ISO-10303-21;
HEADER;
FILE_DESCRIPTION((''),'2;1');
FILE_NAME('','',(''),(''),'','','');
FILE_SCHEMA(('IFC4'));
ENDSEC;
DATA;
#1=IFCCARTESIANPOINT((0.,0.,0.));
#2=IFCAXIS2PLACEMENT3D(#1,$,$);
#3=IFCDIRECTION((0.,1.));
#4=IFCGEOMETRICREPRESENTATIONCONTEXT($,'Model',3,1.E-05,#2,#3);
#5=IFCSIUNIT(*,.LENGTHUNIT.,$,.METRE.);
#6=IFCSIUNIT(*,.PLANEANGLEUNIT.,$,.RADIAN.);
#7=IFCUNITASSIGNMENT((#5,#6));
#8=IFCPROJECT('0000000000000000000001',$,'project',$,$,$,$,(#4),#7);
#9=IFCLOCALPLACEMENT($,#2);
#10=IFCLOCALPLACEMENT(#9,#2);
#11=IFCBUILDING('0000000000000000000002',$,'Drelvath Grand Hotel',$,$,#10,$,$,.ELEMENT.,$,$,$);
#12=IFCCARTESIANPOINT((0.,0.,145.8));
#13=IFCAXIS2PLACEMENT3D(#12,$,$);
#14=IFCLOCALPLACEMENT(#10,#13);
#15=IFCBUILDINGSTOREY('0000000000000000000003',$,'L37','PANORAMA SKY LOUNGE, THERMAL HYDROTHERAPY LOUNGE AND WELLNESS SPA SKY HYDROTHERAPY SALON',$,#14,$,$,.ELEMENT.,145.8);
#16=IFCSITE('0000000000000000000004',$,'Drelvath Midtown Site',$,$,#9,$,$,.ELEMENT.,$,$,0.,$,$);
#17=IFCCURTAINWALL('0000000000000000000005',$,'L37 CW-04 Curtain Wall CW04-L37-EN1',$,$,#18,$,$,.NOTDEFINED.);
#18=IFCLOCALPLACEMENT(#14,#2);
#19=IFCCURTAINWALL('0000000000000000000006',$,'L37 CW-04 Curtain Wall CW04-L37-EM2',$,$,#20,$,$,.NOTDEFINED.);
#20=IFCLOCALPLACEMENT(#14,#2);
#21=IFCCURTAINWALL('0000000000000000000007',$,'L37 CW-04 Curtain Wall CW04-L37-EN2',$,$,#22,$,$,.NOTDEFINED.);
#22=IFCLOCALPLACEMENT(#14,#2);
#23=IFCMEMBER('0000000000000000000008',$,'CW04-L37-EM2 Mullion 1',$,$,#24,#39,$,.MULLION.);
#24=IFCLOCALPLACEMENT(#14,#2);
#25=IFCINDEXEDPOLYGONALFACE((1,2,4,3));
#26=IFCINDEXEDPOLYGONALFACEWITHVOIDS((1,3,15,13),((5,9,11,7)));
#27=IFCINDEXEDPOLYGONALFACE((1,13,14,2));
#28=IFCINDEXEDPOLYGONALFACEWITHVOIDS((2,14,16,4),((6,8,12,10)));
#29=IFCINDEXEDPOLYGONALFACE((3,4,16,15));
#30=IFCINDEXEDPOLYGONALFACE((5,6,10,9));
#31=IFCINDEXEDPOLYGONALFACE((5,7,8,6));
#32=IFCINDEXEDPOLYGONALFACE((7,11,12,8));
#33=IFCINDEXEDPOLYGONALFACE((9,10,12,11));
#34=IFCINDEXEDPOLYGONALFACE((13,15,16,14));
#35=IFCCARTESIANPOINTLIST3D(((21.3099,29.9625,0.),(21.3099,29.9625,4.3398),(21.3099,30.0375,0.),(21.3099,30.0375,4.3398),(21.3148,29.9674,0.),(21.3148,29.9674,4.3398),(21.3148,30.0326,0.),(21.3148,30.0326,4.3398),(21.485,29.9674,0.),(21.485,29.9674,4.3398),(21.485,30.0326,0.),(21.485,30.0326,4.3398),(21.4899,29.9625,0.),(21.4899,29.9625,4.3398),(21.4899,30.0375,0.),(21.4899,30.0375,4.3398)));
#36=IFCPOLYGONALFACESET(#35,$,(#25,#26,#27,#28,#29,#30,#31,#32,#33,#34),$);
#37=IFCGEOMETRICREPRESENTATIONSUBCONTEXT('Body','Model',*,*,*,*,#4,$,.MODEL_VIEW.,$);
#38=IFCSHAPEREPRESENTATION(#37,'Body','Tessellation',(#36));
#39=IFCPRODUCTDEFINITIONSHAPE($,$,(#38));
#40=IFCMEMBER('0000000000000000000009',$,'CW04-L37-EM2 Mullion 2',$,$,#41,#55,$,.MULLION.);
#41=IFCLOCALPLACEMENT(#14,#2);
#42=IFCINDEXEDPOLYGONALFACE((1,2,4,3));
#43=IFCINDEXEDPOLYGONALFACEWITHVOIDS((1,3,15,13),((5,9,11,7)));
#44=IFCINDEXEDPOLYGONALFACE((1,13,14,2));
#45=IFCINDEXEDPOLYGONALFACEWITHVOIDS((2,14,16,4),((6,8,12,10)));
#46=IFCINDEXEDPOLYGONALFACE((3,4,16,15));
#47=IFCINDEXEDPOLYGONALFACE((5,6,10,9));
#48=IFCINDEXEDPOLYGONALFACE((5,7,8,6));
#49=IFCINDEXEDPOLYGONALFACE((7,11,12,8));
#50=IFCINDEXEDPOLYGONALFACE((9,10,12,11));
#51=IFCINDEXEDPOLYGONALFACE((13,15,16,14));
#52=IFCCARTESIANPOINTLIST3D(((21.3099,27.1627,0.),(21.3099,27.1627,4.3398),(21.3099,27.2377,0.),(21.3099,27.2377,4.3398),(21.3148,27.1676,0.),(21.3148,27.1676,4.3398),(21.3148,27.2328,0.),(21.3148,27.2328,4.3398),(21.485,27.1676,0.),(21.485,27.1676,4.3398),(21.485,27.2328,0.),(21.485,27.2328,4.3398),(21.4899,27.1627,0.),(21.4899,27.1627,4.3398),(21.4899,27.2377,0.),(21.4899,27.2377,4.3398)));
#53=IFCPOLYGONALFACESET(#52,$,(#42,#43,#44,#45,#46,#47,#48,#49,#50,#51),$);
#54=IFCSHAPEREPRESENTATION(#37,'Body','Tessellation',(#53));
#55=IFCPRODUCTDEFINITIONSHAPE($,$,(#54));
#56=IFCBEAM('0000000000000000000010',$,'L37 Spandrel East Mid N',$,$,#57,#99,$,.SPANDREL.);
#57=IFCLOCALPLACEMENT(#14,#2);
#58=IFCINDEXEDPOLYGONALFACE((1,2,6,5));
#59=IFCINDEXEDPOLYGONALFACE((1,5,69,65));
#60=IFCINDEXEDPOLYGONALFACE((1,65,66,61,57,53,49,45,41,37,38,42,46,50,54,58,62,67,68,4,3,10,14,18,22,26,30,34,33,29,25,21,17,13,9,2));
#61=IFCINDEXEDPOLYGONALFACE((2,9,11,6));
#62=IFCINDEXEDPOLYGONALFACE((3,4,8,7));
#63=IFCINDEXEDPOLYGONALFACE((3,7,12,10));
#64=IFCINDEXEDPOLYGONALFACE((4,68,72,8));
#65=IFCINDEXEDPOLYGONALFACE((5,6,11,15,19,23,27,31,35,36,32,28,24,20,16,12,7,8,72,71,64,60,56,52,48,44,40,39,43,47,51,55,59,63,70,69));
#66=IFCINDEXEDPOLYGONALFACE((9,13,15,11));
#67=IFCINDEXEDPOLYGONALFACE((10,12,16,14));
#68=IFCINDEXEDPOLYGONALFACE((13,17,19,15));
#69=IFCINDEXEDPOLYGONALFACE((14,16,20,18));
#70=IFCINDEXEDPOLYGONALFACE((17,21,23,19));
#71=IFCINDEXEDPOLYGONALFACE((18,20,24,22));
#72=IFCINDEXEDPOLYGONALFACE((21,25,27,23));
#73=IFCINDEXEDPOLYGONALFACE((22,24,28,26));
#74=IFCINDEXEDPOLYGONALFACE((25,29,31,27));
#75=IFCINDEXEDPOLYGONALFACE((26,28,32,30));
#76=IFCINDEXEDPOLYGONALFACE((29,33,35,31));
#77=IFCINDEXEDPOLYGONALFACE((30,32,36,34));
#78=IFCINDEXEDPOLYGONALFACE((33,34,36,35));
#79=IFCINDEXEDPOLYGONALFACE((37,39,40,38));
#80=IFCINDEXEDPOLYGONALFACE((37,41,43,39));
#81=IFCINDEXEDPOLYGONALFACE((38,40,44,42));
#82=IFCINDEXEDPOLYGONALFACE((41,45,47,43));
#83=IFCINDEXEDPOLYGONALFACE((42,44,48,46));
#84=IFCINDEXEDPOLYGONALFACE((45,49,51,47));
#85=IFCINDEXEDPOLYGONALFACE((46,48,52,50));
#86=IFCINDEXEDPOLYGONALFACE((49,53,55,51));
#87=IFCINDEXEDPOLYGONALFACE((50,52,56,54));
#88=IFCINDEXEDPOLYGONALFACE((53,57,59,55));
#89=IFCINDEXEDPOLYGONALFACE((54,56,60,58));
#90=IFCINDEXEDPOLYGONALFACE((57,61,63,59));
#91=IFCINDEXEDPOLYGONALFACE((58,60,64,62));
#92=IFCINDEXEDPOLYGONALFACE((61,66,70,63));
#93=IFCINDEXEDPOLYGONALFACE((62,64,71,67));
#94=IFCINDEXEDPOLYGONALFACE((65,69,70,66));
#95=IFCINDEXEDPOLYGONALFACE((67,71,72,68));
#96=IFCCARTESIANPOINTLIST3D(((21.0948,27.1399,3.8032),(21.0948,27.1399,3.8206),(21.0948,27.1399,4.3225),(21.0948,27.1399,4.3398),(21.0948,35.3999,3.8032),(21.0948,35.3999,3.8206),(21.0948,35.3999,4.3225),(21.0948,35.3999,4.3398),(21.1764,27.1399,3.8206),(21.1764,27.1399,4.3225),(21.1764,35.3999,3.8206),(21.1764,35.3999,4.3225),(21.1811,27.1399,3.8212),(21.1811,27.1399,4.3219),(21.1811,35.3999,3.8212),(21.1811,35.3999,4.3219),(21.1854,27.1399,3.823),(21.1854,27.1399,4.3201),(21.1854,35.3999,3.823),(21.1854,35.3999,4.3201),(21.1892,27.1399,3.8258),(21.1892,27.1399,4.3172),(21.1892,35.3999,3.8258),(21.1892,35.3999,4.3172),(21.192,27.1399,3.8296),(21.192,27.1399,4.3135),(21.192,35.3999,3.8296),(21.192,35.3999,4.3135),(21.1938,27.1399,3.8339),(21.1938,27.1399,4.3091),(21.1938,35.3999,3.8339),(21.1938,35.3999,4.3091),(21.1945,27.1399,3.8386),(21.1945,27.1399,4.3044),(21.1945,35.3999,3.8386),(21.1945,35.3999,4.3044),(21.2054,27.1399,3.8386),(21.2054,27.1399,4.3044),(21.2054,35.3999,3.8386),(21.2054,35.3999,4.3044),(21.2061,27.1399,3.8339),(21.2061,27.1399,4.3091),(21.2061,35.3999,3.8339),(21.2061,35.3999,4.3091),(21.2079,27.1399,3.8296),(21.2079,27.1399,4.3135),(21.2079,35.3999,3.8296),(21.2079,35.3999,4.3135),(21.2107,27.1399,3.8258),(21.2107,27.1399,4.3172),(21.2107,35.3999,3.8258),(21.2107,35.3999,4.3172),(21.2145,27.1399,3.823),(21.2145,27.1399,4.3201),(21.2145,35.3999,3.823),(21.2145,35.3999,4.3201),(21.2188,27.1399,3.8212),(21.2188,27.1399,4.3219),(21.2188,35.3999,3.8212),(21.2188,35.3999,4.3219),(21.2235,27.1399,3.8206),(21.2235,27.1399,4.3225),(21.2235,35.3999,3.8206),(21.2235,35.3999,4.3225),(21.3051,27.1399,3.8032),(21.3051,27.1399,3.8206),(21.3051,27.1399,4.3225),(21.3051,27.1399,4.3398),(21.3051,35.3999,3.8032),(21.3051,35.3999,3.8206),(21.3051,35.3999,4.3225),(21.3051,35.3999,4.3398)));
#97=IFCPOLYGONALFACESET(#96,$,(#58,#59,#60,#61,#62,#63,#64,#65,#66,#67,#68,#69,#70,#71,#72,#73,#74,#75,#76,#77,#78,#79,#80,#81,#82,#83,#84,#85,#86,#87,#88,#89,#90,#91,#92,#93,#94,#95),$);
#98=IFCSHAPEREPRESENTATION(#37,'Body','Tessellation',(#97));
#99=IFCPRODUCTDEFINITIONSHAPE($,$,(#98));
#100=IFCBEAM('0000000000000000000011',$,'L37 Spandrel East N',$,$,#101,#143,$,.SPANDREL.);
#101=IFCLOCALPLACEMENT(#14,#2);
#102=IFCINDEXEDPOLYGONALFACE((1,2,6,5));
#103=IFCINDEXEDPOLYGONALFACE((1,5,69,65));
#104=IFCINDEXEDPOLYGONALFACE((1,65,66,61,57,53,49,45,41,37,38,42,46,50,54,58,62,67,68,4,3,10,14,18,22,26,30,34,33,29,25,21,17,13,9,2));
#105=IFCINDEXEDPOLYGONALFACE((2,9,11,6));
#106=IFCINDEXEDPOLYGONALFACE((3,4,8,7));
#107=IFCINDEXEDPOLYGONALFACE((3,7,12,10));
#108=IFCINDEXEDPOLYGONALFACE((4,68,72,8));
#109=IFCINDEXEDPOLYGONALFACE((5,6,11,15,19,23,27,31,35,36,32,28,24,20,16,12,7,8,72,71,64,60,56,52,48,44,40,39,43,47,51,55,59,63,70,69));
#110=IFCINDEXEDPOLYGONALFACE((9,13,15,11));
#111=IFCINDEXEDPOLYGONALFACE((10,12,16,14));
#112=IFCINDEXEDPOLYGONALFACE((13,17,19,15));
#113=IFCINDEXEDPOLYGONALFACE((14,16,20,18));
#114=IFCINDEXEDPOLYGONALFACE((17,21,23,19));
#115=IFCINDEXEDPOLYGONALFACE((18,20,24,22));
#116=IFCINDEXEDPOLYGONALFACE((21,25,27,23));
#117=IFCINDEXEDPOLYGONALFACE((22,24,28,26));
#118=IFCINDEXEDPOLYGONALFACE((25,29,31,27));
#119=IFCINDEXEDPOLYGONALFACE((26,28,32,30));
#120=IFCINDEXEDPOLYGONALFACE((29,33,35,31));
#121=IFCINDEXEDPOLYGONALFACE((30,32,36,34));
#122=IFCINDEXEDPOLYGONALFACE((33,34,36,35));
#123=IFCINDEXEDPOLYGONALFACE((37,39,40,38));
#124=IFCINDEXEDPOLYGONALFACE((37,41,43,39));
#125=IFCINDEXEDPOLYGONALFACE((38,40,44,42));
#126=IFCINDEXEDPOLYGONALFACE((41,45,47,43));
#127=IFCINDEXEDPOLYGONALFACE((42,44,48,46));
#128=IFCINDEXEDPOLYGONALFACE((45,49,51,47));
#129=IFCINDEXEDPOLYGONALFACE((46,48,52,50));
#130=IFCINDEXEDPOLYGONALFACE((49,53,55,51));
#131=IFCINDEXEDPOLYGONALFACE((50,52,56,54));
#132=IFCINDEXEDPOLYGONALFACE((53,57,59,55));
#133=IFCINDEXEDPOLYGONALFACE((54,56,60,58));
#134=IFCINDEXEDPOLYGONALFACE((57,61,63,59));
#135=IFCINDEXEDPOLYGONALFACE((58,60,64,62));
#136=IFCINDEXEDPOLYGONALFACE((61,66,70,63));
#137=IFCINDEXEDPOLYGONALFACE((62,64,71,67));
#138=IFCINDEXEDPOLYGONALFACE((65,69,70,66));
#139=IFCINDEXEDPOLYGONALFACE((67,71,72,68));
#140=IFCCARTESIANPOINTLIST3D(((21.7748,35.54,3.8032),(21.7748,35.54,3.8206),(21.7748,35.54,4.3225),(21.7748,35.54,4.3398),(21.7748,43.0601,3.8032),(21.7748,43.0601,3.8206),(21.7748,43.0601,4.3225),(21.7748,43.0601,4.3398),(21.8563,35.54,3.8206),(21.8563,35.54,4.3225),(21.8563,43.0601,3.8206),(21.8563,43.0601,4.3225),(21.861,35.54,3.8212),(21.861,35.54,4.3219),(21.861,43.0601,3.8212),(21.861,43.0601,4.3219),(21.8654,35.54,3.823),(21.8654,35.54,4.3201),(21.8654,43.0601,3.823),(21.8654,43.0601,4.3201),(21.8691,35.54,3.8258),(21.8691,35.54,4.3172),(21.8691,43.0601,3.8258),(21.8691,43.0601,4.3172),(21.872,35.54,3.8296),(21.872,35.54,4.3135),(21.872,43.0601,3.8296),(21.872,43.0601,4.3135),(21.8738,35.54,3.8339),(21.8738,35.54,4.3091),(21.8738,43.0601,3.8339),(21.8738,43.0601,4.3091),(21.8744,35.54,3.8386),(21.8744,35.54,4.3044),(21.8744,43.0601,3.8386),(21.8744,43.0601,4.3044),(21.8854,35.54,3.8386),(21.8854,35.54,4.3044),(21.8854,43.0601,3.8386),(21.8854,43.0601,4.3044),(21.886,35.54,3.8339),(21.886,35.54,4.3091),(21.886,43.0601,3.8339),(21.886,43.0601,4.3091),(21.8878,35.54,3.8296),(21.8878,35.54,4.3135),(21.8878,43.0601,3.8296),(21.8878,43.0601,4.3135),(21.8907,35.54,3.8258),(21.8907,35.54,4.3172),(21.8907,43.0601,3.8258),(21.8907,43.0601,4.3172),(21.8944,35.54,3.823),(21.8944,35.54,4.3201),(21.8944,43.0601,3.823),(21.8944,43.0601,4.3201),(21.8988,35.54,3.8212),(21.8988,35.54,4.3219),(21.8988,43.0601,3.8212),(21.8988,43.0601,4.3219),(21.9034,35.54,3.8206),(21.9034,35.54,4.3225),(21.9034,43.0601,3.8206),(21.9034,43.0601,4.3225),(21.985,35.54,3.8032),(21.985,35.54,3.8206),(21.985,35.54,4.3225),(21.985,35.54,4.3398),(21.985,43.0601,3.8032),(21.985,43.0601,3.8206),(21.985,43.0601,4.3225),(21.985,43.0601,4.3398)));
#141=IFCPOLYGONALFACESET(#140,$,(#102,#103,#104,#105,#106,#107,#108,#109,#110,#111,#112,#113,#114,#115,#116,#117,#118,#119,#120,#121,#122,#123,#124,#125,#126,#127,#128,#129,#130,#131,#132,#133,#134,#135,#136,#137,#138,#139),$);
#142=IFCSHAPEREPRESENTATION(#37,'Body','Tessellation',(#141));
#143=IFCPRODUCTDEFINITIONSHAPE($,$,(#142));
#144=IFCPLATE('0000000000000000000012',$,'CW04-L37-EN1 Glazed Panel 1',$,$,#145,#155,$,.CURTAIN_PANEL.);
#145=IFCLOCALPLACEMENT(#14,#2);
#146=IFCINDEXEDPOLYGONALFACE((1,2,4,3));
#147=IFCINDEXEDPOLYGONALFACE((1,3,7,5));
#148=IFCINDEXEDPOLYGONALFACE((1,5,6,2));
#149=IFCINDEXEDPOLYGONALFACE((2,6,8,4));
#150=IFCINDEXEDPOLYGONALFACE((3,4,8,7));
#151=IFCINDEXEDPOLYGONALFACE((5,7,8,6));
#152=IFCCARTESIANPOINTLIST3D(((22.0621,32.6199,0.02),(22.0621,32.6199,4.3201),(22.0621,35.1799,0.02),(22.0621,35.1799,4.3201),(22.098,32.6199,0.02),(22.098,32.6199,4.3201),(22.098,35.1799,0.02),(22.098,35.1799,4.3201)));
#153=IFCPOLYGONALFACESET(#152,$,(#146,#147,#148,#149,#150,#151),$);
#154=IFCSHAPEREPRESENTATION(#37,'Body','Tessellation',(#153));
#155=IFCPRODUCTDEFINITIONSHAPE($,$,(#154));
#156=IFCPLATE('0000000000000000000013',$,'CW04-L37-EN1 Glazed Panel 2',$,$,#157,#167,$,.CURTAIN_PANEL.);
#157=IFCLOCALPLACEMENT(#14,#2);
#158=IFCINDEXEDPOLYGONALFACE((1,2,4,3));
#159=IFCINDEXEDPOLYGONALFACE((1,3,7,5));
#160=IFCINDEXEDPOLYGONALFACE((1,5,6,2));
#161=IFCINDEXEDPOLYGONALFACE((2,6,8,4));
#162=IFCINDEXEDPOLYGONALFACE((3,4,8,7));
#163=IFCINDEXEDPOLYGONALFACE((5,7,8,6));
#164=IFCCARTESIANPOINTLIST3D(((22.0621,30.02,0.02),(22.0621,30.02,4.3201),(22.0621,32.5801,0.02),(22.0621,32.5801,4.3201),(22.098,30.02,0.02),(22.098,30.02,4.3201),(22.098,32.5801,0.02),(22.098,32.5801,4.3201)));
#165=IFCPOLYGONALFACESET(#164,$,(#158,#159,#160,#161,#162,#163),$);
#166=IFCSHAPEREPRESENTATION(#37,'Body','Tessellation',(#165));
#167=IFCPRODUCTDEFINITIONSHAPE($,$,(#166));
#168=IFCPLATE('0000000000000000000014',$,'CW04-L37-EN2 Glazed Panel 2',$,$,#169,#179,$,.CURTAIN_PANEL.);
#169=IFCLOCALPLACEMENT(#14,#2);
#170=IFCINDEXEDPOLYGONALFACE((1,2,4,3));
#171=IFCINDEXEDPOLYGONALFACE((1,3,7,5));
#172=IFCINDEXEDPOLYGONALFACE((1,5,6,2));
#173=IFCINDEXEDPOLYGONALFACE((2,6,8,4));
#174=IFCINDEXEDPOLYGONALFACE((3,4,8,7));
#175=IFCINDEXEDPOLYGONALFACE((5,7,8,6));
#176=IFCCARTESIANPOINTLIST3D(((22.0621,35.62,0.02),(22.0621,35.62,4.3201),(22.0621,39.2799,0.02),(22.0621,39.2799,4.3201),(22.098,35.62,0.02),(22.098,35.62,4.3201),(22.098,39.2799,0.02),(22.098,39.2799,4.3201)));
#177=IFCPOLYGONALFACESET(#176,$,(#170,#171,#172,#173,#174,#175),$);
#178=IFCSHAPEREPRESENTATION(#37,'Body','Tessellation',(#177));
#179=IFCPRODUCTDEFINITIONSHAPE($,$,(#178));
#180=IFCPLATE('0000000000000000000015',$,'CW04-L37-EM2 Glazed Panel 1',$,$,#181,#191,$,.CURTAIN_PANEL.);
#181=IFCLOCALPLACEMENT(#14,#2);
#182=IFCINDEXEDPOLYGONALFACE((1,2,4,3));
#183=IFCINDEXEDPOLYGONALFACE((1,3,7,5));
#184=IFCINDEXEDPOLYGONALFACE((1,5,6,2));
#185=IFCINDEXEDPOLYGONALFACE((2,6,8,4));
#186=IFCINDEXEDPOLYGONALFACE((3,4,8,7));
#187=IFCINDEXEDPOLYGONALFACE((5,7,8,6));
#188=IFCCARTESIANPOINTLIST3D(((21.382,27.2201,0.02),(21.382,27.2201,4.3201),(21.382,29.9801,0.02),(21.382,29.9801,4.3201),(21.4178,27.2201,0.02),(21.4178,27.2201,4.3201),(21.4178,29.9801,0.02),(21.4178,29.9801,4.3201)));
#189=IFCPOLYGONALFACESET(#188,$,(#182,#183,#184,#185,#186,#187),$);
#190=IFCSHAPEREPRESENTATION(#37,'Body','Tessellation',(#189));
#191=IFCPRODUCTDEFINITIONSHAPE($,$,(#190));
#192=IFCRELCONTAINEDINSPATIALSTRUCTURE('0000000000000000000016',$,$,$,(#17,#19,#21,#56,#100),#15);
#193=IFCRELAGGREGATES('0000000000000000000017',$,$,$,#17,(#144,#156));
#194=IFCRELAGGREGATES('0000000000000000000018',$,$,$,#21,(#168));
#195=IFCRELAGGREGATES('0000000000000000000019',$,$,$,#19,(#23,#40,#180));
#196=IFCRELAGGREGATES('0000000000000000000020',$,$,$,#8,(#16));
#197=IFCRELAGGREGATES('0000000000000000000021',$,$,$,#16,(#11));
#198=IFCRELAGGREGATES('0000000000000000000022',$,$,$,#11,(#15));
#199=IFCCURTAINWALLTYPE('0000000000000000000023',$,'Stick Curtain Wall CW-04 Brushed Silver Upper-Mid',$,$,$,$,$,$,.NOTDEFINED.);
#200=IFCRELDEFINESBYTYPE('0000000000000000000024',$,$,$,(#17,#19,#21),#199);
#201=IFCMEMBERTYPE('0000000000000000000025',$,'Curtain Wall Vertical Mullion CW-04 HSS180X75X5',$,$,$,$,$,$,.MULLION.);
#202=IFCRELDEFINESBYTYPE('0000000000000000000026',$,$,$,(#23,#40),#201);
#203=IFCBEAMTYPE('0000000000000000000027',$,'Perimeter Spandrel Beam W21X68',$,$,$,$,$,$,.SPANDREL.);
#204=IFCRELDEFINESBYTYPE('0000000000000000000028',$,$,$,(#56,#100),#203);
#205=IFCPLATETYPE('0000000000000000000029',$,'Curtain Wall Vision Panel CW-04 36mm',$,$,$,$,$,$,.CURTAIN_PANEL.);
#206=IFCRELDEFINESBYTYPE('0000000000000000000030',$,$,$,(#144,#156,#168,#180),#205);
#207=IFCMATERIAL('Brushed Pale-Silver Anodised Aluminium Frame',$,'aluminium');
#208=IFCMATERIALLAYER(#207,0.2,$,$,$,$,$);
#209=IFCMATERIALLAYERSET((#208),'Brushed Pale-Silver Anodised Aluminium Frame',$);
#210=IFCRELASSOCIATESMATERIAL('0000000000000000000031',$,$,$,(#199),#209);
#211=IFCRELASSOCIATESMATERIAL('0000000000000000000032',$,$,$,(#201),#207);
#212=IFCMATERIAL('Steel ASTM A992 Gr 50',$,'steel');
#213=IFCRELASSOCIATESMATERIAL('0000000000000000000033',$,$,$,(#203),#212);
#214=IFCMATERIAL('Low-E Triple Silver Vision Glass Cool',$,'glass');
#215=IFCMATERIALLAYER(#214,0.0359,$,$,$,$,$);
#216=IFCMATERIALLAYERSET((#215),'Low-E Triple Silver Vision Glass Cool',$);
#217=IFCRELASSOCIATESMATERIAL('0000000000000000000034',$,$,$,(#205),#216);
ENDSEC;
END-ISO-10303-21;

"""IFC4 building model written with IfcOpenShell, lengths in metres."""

from ifc_helpers import new_model, si_unit, direction, frame, origin, origin_2d, place, context, subcontext, project, spatial, rectangle, hollow_rectangle, i_section, extrude, material, layer, layer_set, material_profile, profile_set, type_object, element, aggregate, save


model = new_model("IFC4")

# Units and contexts
model_context = context("Model", 3, precision=1e-05, world=origin(), true_north=direction((0.0, 1.0)))
body_context = subcontext(model_context, "Body", "Model", "MODEL_VIEW")
ifc_project = project(units=[si_unit("LENGTHUNIT", "METRE"), si_unit("PLANEANGLEUNIT", "RADIAN")], contexts=[model_context])

# Site, building, storey
site_placement = place(None, origin())
site = spatial("IfcSite", under=ifc_project, at=site_placement, Name="Drelvath Midtown Site", CompositionType="ELEMENT", RefElevation=0.0)
building_placement = place(site_placement, origin())
building = spatial("IfcBuilding", under=site, at=building_placement, Name="Drelvath Grand Hotel", CompositionType="ELEMENT")
storey_placement = place(building_placement, frame((0.0, 0.0, 145.8)))
storey = spatial("IfcBuildingStorey", under=building, at=storey_placement, Name="L37", Description="PANORAMA SKY LOUNGE, THERMAL HYDROTHERAPY LOUNGE AND WELLNESS SPA SKY HYDROTHERAPY SALON", CompositionType="ELEMENT", Elevation=145.8)

# Curtain walls
ifc_material_1 = material(Name="Brushed Pale-Silver Anodised Aluminium Frame", Category="aluminium")
ifc_layer_1 = layer(ifc_material_1, 0.2)
ifc_layer_set_1 = layer_set([ifc_layer_1], Name="Brushed Pale-Silver Anodised Aluminium Frame")
curtain_wall_type = type_object("IfcCurtainWallType", Name="Stick Curtain Wall CW-04 Brushed Silver Upper-Mid", PredefinedType="NOTDEFINED", material=ifc_layer_set_1)
curtain_wall_1_placement = place(storey_placement, origin())
curtain_wall_1 = element("IfcCurtainWall", 1, at=curtain_wall_1_placement, inside=storey, type_object=curtain_wall_type, Name="L37 CW-04 Curtain Wall CW04-L37-EN1", PredefinedType="NOTDEFINED")
curtain_wall_2_placement = place(storey_placement, origin())
curtain_wall_2 = element("IfcCurtainWall", 2, at=curtain_wall_2_placement, inside=storey, type_object=curtain_wall_type, Name="L37 CW-04 Curtain Wall CW04-L37-EM2", PredefinedType="NOTDEFINED")

# Shared definitions
ifc_material_profile_1 = material_profile(ifc_material_1, hollow_rectangle(XDim=0.075, YDim=0.1799, WallThickness=0.0049, at=origin_2d()), Name="HSS180X75X5")
ifc_profile_set_1 = profile_set([ifc_material_profile_1], Name="Brushed Pale-Silver Anodised Aluminium Frame")
member_type_1 = type_object("IfcMemberType", Name="Curtain Wall Vertical Mullion CW-04 HSS180X75X5", PredefinedType="MULLION", material=ifc_profile_set_1)

# Curtain wall
curtain_wall_3_placement = place(storey_placement, origin())
curtain_wall_3 = element("IfcCurtainWall", 3, at=curtain_wall_3_placement, inside=storey, type_object=curtain_wall_type, Name="L37 CW-04 Curtain Wall CW04-L37-EN2", PredefinedType="NOTDEFINED")

# Members
member_1_placement = place(storey_placement, frame((21.3999, 30.0, 0.0), z_axis=(0.0, 0.0, 1.0), x_axis=(0.0, 1.0, 0.0)))
member_1 = element("IfcMember", 4, at=member_1_placement, type_object=member_type_1, Name="CW04-L37-EM2 Mullion 1", PredefinedType="MULLION", context=body_context, shape_type="SweptSolid", body=[
    extrude(hollow_rectangle(XDim=0.075, YDim=0.1799, WallThickness=0.0049, at=origin_2d()), origin(), (0.0, 0.0, 1.0), 4.3398),
])
member_2_placement = place(storey_placement, frame((21.3999, 27.2002, 0.0), z_axis=(0.0, 0.0, 1.0), x_axis=(0.0, 1.0, 0.0)))
member_2 = element("IfcMember", 5, at=member_2_placement, type_object=member_type_1, Name="CW04-L37-EM2 Mullion 2", PredefinedType="MULLION", context=body_context, shape_type="SweptSolid", body=[
    extrude(hollow_rectangle(XDim=0.075, YDim=0.1799, WallThickness=0.0049, at=origin_2d()), origin(), (0.0, 0.0, 1.0), 4.3398),
])

# Beams
ifc_material_2 = material(Name="Steel ASTM A992 Gr 50", Category="steel")
ifc_material_profile_2 = material_profile(ifc_material_2, i_section(OverallWidth=0.2102, OverallDepth=0.5366, WebThickness=0.011, FlangeThickness=0.0173, FilletRadius=0.0181, at=origin_2d()), Name="W21X68")
ifc_profile_set_2 = profile_set([ifc_material_profile_2], Name="Steel ASTM A992 Gr 50")
beam_type = type_object("IfcBeamType", Name="Perimeter Spandrel Beam W21X68", PredefinedType="SPANDREL", material=ifc_profile_set_2)
beam_1_placement = place(storey_placement, frame((21.2, 27.1399, 4.0715), z_axis=(0.0, 1.0, 0.0), x_axis=(-1.0, 0.0, 0.0)))
element("IfcBeam", 6, at=beam_1_placement, inside=storey, type_object=beam_type, Name="L37 Spandrel East Mid N", PredefinedType="SPANDREL", context=body_context, shape_type="SweptSolid", body=[
    extrude(i_section(OverallWidth=0.2102, OverallDepth=0.5366, WebThickness=0.011, FlangeThickness=0.0173, FilletRadius=0.0181, at=origin_2d()), origin(), (0.0, 0.0, 1.0), 8.26),
])
beam_2_placement = place(storey_placement, frame((21.8799, 35.54, 4.0715), z_axis=(0.0, 1.0, 0.0), x_axis=(-1.0, 0.0, 0.0)))
element("IfcBeam", 7, at=beam_2_placement, inside=storey, type_object=beam_type, Name="L37 Spandrel East N", PredefinedType="SPANDREL", context=body_context, shape_type="SweptSolid", body=[
    extrude(i_section(OverallWidth=0.2102, OverallDepth=0.5366, WebThickness=0.011, FlangeThickness=0.0173, FilletRadius=0.0181, at=origin_2d()), origin(), (0.0, 0.0, 1.0), 7.52),
])

# Plates
ifc_material_3 = material(Name="Low-E Triple Silver Vision Glass Cool", Category="glass")
ifc_layer_2 = layer(ifc_material_3, 0.0359)
ifc_layer_set_2 = layer_set([ifc_layer_2], Name="Low-E Triple Silver Vision Glass Cool")
plate_type = type_object("IfcPlateType", Name="Curtain Wall Vision Panel CW-04 36mm", PredefinedType="CURTAIN_PANEL", material=ifc_layer_set_2)
plate_1_placement = place(storey_placement, frame((22.0801, 33.8999, 0.02), z_axis=(0.0, 0.0, 1.0), x_axis=(0.0, -1.0, 0.0)))
plate_1 = element("IfcPlate", 8, at=plate_1_placement, type_object=plate_type, Name="CW04-L37-EN1 Glazed Panel 1", PredefinedType="CURTAIN_PANEL", context=body_context, shape_type="SweptSolid", body=[
    extrude(rectangle(XDim=2.5601, YDim=0.0359, at=origin_2d()), origin(), (0.0, 0.0, 1.0), 4.3),
])
plate_2_placement = place(storey_placement, frame((22.0801, 31.3, 0.02), z_axis=(0.0, 0.0, 1.0), x_axis=(0.0, -1.0, 0.0)))
plate_2 = element("IfcPlate", 9, at=plate_2_placement, type_object=plate_type, Name="CW04-L37-EN1 Glazed Panel 2", PredefinedType="CURTAIN_PANEL", context=body_context, shape_type="SweptSolid", body=[
    extrude(rectangle(XDim=2.5601, YDim=0.0359, at=origin_2d()), origin(), (0.0, 0.0, 1.0), 4.3),
])
aggregate(curtain_wall_1, [plate_1, plate_2])
plate_3_placement = place(storey_placement, frame((22.0801, 37.45, 0.02), z_axis=(0.0, 0.0, 1.0), x_axis=(0.0, -1.0, 0.0)))
plate_3 = element("IfcPlate", 10, at=plate_3_placement, type_object=plate_type, Name="CW04-L37-EN2 Glazed Panel 2", PredefinedType="CURTAIN_PANEL", context=body_context, shape_type="SweptSolid", body=[
    extrude(rectangle(XDim=3.6599, YDim=0.0359, at=origin_2d()), origin(), (0.0, 0.0, 1.0), 4.3),
])
aggregate(curtain_wall_3, [plate_3])
plate_4_placement = place(storey_placement, frame((21.3999, 28.6001, 0.02), z_axis=(0.0, 0.0, 1.0), x_axis=(0.0, -1.0, 0.0)))
plate_4 = element("IfcPlate", 11, at=plate_4_placement, type_object=plate_type, Name="CW04-L37-EM2 Glazed Panel 1", PredefinedType="CURTAIN_PANEL", context=body_context, shape_type="SweptSolid", body=[
    extrude(rectangle(XDim=2.76, YDim=0.0359, at=origin_2d()), origin(), (0.0, 0.0, 1.0), 4.3),
])
aggregate(curtain_wall_2, [member_1, member_2, plate_4])

save(model, "model.ifc")
